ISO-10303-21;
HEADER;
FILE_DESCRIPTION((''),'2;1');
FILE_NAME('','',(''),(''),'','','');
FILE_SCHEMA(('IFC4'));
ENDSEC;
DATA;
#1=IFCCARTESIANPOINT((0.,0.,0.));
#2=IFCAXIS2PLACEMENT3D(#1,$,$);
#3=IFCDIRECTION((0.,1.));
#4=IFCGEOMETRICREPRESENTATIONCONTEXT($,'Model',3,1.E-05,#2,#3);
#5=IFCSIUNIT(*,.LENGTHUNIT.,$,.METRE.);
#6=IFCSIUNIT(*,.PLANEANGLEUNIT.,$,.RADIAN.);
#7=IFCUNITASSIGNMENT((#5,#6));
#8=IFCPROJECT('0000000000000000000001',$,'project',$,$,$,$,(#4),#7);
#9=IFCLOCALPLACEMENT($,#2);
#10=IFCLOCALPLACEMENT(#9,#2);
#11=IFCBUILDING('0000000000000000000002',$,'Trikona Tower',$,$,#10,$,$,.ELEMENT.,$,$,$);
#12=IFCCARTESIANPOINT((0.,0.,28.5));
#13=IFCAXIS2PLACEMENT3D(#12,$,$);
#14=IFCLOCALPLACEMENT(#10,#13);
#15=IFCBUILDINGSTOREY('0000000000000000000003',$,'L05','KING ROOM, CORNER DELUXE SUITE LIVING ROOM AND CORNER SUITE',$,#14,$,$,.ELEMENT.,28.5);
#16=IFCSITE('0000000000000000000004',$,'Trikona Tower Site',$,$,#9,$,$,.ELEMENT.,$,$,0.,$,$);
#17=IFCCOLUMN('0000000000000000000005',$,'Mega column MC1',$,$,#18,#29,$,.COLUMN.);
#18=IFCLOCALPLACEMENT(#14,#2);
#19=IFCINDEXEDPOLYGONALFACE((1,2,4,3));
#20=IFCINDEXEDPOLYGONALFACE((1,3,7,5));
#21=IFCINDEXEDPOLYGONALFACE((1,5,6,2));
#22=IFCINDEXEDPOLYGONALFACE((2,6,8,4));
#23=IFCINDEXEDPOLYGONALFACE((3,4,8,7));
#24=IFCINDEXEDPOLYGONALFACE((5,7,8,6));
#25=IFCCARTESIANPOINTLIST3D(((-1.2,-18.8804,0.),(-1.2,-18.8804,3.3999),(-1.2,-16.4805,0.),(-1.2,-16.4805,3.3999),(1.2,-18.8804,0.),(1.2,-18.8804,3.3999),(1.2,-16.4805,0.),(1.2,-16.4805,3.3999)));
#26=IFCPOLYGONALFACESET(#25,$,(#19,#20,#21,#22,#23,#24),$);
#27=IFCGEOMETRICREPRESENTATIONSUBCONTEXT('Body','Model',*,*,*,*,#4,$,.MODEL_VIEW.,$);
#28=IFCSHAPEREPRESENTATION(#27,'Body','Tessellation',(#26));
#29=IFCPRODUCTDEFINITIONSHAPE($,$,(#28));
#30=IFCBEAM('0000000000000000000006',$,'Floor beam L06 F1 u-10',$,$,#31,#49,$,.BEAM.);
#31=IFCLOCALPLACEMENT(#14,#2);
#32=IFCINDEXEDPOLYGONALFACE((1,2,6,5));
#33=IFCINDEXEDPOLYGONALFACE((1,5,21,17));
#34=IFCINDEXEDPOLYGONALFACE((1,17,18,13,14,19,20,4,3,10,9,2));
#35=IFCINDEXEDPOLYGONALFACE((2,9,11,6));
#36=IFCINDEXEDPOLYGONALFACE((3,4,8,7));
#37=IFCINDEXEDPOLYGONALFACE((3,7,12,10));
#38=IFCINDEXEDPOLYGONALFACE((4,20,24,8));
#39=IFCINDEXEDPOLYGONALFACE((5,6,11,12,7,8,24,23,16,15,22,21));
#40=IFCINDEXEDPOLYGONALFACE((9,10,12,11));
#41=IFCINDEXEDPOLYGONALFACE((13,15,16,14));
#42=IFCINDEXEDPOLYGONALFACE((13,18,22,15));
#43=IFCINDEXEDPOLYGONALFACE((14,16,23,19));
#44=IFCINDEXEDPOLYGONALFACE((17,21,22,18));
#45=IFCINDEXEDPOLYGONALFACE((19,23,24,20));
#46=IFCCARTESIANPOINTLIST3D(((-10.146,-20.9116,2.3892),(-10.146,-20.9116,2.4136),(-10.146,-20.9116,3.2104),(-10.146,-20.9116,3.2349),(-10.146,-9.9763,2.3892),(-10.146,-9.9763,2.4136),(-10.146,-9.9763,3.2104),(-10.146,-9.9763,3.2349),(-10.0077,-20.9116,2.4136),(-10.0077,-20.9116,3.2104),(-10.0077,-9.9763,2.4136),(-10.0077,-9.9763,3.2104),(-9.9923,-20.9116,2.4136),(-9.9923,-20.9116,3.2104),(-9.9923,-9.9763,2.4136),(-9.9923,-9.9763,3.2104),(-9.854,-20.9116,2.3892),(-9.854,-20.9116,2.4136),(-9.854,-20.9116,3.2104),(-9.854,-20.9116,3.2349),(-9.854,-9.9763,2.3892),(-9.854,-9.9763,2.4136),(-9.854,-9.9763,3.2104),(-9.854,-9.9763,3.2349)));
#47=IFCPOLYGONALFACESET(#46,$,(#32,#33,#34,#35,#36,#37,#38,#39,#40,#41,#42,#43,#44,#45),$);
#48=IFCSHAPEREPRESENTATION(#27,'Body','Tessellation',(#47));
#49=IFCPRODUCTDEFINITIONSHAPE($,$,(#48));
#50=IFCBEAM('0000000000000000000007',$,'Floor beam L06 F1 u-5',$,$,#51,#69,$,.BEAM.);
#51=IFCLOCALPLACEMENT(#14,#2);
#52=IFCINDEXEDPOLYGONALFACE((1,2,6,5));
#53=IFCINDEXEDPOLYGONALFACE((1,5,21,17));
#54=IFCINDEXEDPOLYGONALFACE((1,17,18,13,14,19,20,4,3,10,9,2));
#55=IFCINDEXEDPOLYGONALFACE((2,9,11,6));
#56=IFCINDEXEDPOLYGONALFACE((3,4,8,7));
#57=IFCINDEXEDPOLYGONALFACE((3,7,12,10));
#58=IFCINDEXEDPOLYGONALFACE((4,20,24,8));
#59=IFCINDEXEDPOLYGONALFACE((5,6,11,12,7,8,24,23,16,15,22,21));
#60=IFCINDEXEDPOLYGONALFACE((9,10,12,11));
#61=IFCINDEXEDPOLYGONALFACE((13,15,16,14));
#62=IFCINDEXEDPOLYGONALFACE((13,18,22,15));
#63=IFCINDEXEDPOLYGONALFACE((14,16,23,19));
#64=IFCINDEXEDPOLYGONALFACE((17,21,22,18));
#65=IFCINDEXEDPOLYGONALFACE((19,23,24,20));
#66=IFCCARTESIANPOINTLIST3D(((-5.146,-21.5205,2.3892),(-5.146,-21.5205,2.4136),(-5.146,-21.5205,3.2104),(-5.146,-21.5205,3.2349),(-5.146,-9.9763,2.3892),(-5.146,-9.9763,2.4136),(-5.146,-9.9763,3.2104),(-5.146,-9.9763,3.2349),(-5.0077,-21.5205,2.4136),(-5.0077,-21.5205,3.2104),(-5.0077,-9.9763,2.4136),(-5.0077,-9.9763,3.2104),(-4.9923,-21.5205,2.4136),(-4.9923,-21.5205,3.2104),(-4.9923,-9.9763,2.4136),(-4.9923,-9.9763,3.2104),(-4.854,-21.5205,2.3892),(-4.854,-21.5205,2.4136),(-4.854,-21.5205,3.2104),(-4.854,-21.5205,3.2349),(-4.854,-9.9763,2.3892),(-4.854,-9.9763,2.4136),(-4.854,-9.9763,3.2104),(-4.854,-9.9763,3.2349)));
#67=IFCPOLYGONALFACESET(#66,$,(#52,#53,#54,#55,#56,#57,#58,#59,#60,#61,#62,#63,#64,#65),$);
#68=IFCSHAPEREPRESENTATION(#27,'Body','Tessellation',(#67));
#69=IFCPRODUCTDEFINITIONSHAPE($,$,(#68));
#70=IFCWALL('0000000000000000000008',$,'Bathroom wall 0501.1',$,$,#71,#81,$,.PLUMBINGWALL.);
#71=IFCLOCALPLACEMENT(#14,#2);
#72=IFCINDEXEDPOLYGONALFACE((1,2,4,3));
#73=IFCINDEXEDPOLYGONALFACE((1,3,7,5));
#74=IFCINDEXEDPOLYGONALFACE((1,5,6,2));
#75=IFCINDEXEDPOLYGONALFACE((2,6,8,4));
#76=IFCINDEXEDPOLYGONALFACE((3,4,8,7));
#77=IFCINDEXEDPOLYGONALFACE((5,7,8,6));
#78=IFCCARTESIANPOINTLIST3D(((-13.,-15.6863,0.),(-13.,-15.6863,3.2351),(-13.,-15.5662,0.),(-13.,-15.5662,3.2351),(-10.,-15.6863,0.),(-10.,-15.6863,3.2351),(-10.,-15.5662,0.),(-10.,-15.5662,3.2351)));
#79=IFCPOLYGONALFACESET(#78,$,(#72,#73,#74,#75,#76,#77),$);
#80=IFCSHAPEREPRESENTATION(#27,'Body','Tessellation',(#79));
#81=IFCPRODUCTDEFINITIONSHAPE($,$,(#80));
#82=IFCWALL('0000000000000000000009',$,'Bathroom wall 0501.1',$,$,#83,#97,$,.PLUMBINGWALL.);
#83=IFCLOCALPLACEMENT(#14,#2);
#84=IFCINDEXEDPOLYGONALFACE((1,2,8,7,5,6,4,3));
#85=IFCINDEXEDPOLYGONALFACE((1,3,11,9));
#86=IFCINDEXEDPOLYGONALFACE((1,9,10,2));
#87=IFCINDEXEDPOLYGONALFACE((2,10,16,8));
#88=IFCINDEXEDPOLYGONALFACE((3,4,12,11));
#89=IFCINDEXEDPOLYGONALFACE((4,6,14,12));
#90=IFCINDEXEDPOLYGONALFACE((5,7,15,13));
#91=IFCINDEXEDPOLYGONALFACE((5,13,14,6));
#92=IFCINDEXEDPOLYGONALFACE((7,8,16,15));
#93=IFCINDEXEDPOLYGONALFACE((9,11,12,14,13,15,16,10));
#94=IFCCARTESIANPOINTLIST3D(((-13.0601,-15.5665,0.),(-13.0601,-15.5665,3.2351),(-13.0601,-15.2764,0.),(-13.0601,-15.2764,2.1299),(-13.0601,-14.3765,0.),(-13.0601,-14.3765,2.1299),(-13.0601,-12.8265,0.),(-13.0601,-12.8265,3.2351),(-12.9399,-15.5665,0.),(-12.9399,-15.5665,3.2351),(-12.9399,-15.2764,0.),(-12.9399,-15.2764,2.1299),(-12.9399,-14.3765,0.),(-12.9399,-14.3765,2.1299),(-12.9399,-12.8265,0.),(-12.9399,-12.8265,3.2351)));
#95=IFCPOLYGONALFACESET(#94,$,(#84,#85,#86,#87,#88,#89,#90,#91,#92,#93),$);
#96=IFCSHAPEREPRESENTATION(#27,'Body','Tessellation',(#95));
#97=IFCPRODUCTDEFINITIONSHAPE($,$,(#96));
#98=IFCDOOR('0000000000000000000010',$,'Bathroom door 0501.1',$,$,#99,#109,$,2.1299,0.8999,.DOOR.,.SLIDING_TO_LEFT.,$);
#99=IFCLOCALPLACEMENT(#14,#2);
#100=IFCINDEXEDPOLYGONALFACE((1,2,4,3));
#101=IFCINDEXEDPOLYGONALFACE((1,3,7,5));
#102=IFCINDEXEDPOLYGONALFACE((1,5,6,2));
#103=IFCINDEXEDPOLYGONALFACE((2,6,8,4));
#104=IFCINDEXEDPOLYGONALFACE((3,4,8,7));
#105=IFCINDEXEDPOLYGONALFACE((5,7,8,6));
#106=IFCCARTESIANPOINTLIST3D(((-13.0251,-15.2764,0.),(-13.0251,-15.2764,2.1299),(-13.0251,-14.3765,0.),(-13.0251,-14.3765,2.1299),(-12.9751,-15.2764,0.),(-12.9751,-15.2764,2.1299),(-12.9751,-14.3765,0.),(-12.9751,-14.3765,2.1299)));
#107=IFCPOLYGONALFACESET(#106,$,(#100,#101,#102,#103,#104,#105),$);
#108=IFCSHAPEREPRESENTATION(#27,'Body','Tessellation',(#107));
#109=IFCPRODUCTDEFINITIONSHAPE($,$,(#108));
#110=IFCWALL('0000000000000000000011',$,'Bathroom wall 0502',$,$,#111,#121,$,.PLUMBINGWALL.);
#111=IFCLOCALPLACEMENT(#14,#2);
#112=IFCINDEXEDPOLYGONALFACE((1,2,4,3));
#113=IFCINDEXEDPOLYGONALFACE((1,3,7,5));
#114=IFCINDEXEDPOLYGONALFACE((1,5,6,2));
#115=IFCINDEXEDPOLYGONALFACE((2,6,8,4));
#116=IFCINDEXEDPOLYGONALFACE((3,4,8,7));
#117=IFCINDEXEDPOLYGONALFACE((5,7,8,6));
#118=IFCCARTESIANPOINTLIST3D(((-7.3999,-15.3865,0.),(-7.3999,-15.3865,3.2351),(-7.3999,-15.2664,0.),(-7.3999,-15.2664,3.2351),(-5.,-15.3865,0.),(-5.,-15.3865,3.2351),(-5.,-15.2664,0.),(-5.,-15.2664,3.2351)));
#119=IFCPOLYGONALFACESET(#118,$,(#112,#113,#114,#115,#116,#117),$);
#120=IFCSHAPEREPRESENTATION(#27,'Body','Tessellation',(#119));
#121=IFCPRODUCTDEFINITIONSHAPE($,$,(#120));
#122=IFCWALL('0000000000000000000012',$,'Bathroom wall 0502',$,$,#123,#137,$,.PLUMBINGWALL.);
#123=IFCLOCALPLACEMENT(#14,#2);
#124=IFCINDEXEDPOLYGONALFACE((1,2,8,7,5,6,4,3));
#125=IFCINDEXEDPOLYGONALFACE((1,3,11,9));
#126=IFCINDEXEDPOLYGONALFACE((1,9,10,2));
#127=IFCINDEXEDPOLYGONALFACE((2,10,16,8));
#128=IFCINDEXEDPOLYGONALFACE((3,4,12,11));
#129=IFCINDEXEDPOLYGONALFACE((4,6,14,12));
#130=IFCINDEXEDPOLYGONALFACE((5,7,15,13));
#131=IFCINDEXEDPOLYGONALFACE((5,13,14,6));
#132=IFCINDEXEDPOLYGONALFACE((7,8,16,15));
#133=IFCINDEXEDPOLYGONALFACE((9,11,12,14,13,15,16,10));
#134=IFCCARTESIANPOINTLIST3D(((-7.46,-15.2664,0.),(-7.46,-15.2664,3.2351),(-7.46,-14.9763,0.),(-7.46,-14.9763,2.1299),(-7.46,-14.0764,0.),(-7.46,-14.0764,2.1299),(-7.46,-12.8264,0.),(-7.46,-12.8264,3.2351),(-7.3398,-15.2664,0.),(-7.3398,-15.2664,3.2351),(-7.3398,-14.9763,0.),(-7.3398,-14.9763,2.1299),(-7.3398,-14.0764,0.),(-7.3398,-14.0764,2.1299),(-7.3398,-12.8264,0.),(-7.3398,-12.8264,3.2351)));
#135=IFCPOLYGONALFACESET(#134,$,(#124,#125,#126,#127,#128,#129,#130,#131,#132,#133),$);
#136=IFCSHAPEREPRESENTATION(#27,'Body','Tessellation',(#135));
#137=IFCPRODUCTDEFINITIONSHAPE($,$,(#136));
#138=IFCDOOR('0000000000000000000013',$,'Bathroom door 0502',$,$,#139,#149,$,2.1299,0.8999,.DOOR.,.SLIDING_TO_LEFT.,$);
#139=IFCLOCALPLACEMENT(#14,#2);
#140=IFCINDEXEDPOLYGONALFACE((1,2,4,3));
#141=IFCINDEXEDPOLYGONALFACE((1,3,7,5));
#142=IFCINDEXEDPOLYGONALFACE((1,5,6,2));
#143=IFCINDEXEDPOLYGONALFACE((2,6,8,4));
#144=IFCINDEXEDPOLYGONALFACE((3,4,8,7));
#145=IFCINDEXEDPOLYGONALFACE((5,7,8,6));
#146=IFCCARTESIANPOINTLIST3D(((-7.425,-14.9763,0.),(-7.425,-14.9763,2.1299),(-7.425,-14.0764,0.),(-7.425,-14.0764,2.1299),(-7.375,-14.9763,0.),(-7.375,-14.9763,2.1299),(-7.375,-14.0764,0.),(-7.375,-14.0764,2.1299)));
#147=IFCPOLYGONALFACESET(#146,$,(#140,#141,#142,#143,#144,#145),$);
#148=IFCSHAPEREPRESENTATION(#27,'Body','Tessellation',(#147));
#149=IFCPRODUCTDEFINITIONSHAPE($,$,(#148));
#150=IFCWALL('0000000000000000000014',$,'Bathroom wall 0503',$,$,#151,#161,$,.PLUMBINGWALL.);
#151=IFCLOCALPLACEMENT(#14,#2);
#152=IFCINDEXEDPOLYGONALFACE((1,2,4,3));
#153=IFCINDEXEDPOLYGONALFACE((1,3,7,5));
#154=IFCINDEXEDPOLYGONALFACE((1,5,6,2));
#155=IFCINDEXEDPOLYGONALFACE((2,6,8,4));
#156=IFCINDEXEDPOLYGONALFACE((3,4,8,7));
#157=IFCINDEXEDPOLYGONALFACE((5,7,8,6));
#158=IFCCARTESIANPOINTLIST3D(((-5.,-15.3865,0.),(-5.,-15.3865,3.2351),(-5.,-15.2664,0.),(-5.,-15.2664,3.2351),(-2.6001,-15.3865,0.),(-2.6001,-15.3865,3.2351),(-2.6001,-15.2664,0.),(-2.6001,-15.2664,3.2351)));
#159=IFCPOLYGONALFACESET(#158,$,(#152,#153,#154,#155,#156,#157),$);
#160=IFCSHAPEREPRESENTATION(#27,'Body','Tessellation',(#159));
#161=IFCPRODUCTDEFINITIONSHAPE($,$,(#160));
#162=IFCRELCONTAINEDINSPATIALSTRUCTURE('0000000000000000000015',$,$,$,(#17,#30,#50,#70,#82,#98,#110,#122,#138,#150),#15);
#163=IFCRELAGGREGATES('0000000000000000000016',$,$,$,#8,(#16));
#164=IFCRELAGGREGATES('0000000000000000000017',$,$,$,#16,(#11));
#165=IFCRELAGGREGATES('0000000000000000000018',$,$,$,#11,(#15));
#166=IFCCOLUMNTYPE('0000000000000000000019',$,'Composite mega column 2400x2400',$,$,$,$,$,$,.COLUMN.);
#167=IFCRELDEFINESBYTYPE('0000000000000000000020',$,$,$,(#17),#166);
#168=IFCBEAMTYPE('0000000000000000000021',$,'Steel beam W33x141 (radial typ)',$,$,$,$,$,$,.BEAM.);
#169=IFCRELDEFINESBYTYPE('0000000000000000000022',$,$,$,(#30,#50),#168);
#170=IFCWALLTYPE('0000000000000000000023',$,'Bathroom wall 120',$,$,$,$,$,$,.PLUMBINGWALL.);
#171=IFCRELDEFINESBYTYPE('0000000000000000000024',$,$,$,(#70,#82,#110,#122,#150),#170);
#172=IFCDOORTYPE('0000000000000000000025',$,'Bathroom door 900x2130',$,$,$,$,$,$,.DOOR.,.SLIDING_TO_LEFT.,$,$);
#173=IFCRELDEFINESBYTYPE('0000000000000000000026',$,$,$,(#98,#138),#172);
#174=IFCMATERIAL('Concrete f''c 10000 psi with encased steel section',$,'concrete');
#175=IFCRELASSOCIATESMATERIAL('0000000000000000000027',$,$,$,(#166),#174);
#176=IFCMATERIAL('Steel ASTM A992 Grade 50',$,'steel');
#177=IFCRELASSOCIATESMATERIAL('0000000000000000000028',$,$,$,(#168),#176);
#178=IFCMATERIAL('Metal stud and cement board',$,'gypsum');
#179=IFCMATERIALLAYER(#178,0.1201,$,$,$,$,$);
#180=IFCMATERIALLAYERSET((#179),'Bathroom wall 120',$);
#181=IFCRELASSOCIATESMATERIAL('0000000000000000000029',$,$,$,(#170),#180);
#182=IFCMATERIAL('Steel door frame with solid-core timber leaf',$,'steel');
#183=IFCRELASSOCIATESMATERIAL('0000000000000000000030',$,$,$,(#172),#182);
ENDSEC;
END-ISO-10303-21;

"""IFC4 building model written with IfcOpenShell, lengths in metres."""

from ifc_helpers import new_model, si_unit, direction, frame, frame_2d, origin, origin_2d, place, context, subcontext, project, spatial, rectangle, i_section, extrude, material, layer, layer_set, material_profile, profile_set, type_object, element, fill, save


model = new_model("IFC4")

# Units and contexts
model_context = context("Model", 3, precision=1e-05, world=origin(), true_north=direction((0.0, 1.0)))
body_context = subcontext(model_context, "Body", "Model", "MODEL_VIEW")
ifc_project = project(units=[si_unit("LENGTHUNIT", "METRE"), si_unit("PLANEANGLEUNIT", "RADIAN")], contexts=[model_context])

# Site, building, storey
site_placement = place(None, origin())
site = spatial("IfcSite", under=ifc_project, at=site_placement, Name="Trikona Tower Site", CompositionType="ELEMENT", RefElevation=0.0)
building_placement = place(site_placement, origin())
building = spatial("IfcBuilding", under=site, at=building_placement, Name="Trikona Tower", CompositionType="ELEMENT")
storey_placement = place(building_placement, frame((0.0, 0.0, 28.5)))
storey = spatial("IfcBuildingStorey", under=building, at=storey_placement, Name="L05", Description="KING ROOM, CORNER DELUXE SUITE LIVING ROOM AND CORNER SUITE", CompositionType="ELEMENT", Elevation=28.5)

# Column
ifc_material_1 = material(Name="Concrete f'c 10000 psi with encased steel section", Category="concrete")
ifc_material_profile_1 = material_profile(ifc_material_1, rectangle(XDim=2.3999, YDim=2.3999, at=origin_2d()), Name="MC2400")
ifc_profile_set_1 = profile_set([ifc_material_profile_1], Name="Concrete f'c 10000 psi with encased steel section")
column_type = type_object("IfcColumnType", Name="Composite mega column 2400x2400", PredefinedType="COLUMN", material=ifc_profile_set_1)
column_placement = place(storey_placement, frame((0.0, -17.6804, 0.0), z_axis=(0.0, 0.0, 1.0), x_axis=(0.0, -1.0, 0.0)))
element("IfcColumn", 1, at=column_placement, inside=storey, type_object=column_type, Name="Mega column MC1", PredefinedType="COLUMN", context=body_context, shape_type="SweptSolid", body=[
    extrude(rectangle(XDim=2.3999, YDim=2.3999, at=origin_2d()), origin(), (0.0, 0.0, 1.0), 3.3999),
])

# Beams
ifc_material_2 = material(Name="Steel ASTM A992 Grade 50", Category="steel")
ifc_material_profile_2 = material_profile(ifc_material_2, i_section(OverallWidth=0.292, OverallDepth=0.8457, WebThickness=0.0154, FlangeThickness=0.0244, at=origin_2d()), Name="W33X141")
ifc_profile_set_2 = profile_set([ifc_material_profile_2], Name="Steel ASTM A992 Grade 50")
beam_type = type_object("IfcBeamType", Name="Steel beam W33x141 (radial typ)", PredefinedType="BEAM", material=ifc_profile_set_2)
beam_1_placement = place(storey_placement, frame((-10.0, -9.9763, 2.812), z_axis=(0.0, -1.0, 0.0), x_axis=(1.0, 0.0, 0.0)))
element("IfcBeam", 2, at=beam_1_placement, inside=storey, type_object=beam_type, Name="Floor beam L06 F1 u-10", PredefinedType="BEAM", context=body_context, shape_type="SweptSolid", body=[
    extrude(i_section(OverallWidth=0.292, OverallDepth=0.8457, WebThickness=0.0154, FlangeThickness=0.0244, at=origin_2d()), origin(), (0.0, 0.0, 1.0), 10.9353),
])
beam_2_placement = place(storey_placement, frame((-5.0, -9.9763, 2.812), z_axis=(0.0, -1.0, 0.0), x_axis=(1.0, 0.0, 0.0)))
element("IfcBeam", 3, at=beam_2_placement, inside=storey, type_object=beam_type, Name="Floor beam L06 F1 u-5", PredefinedType="BEAM", context=body_context, shape_type="SweptSolid", body=[
    extrude(i_section(OverallWidth=0.292, OverallDepth=0.8457, WebThickness=0.0154, FlangeThickness=0.0244, at=origin_2d()), origin(), (0.0, 0.0, 1.0), 11.5442),
])

# Wall
ifc_material_3 = material(Name="Metal stud and cement board", Category="gypsum")
ifc_layer_1 = layer(ifc_material_3, 0.1201)
ifc_layer_set_1 = layer_set([ifc_layer_1], Name="Bathroom wall 120")
wall_type_1 = type_object("IfcWallType", Name="Bathroom wall 120", PredefinedType="PLUMBINGWALL", material=ifc_layer_set_1)
wall_1_placement = place(storey_placement, frame((-13.0, -15.6262, 0.0), z_axis=(0.0, 0.0, 1.0), x_axis=(1.0, 0.0, 0.0)))
element("IfcWall", 4, at=wall_1_placement, inside=storey, type_object=wall_type_1, Name="Bathroom wall 0501.1", PredefinedType="PLUMBINGWALL", context=body_context, shape_type="SweptSolid", body=[
    extrude(rectangle(XDim=3.0, YDim=0.1201, at=frame_2d((1.5, 0.0))), origin(), (0.0, 0.0, 1.0), 3.2351),
])

# Wall, opening, door
wall_2_placement = place(storey_placement, frame((-13.0, -12.8264, 0.0), z_axis=(0.0, 0.0, 1.0), x_axis=(0.0, -1.0, 0.0)))
wall_2 = element("IfcWall", 5, at=wall_2_placement, inside=storey, type_object=wall_type_1, Name="Bathroom wall 0501.1", PredefinedType="PLUMBINGWALL", context=body_context, shape_type="SweptSolid", body=[
    extrude(rectangle(XDim=2.74, YDim=0.1201, at=frame_2d((1.3701, 0.0))), origin(), (0.0, 0.0, 1.0), 3.2351),
])
opening_1_placement = place(wall_2_placement, frame((1.55, 0.0, 0.0)))
opening_1 = element("IfcOpeningElement", 6, at=opening_1_placement, cuts=wall_2, PredefinedType="OPENING", context=body_context, shape_type="SweptSolid", body=[
    extrude(rectangle(XDim=0.8999, YDim=2.1299, at=frame_2d((0.45, 1.0649))), frame((0.0, 0.0701, 0.0), z_axis=(0.0, -1.0, 0.0), x_axis=(1.0, 0.0, 0.0)), (0.0, 0.0, 1.0), 0.1401),
])
ifc_material_4 = material(Name="Steel door frame with solid-core timber leaf", Category="steel")
door_type_1 = type_object("IfcDoorType", Name="Bathroom door 900x2130", OperationType="SLIDING_TO_LEFT", PredefinedType="DOOR", material=ifc_material_4)
door_1_placement = place(opening_1_placement, origin())
door_1 = element("IfcDoor", 7, at=door_1_placement, inside=storey, type_object=door_type_1, Name="Bathroom door 0501.1", OperationType="SLIDING_TO_LEFT", OverallHeight=2.1299, OverallWidth=0.8999, PredefinedType="DOOR", context=body_context, shape_type="SweptSolid", body=[
    extrude(rectangle(XDim=0.8999, YDim=2.1299, at=frame_2d((0.45, 1.0649))), frame((0.0, 0.0249, 0.0), z_axis=(0.0, -1.0, 0.0), x_axis=(1.0, 0.0, 0.0)), (0.0, 0.0, 1.0), 0.05),
])
fill(opening_1, door_1)

# Wall
wall_3_placement = place(storey_placement, frame((-7.3999, -15.3264, 0.0), z_axis=(0.0, 0.0, 1.0), x_axis=(1.0, 0.0, 0.0)))
element("IfcWall", 8, at=wall_3_placement, inside=storey, type_object=wall_type_1, Name="Bathroom wall 0502", PredefinedType="PLUMBINGWALL", context=body_context, shape_type="SweptSolid", body=[
    extrude(rectangle(XDim=2.3999, YDim=0.1201, at=frame_2d((1.2, 0.0))), origin(), (0.0, 0.0, 1.0), 3.2351),
])

# Wall, opening, door
wall_4_placement = place(storey_placement, frame((-7.3999, -12.8264, 0.0), z_axis=(0.0, 0.0, 1.0), x_axis=(0.0, -1.0, 0.0)))
wall_4 = element("IfcWall", 9, at=wall_4_placement, inside=storey, type_object=wall_type_1, Name="Bathroom wall 0502", PredefinedType="PLUMBINGWALL", context=body_context, shape_type="SweptSolid", body=[
    extrude(rectangle(XDim=2.4399, YDim=0.1201, at=frame_2d((1.22, 0.0))), origin(), (0.0, 0.0, 1.0), 3.2351),
])
opening_2_placement = place(wall_4_placement, frame((1.25, 0.0, 0.0)))
opening_2 = element("IfcOpeningElement", 10, at=opening_2_placement, cuts=wall_4, PredefinedType="OPENING", context=body_context, shape_type="SweptSolid", body=[
    extrude(rectangle(XDim=0.8999, YDim=2.1299, at=frame_2d((0.45, 1.0649))), frame((0.0, 0.0701, 0.0), z_axis=(0.0, -1.0, 0.0), x_axis=(1.0, 0.0, 0.0)), (0.0, 0.0, 1.0), 0.1401),
])
door_2_placement = place(opening_2_placement, origin())
door_2 = element("IfcDoor", 11, at=door_2_placement, inside=storey, type_object=door_type_1, Name="Bathroom door 0502", OperationType="SLIDING_TO_LEFT", OverallHeight=2.1299, OverallWidth=0.8999, PredefinedType="DOOR", context=body_context, shape_type="SweptSolid", body=[
    extrude(rectangle(XDim=0.8999, YDim=2.1299, at=frame_2d((0.45, 1.0649))), frame((0.0, 0.0249, 0.0), z_axis=(0.0, -1.0, 0.0), x_axis=(1.0, 0.0, 0.0)), (0.0, 0.0, 1.0), 0.05),
])
fill(opening_2, door_2)

# Wall
wall_5_placement = place(storey_placement, frame((-5.0, -15.3264, 0.0), z_axis=(0.0, 0.0, 1.0), x_axis=(1.0, 0.0, 0.0)))
element("IfcWall", 12, at=wall_5_placement, inside=storey, type_object=wall_type_1, Name="Bathroom wall 0503", PredefinedType="PLUMBINGWALL", context=body_context, shape_type="SweptSolid", body=[
    extrude(rectangle(XDim=2.3999, YDim=0.1201, at=frame_2d((1.2, 0.0))), origin(), (0.0, 0.0, 1.0), 3.2351),
])

save(model, "model.ifc")
